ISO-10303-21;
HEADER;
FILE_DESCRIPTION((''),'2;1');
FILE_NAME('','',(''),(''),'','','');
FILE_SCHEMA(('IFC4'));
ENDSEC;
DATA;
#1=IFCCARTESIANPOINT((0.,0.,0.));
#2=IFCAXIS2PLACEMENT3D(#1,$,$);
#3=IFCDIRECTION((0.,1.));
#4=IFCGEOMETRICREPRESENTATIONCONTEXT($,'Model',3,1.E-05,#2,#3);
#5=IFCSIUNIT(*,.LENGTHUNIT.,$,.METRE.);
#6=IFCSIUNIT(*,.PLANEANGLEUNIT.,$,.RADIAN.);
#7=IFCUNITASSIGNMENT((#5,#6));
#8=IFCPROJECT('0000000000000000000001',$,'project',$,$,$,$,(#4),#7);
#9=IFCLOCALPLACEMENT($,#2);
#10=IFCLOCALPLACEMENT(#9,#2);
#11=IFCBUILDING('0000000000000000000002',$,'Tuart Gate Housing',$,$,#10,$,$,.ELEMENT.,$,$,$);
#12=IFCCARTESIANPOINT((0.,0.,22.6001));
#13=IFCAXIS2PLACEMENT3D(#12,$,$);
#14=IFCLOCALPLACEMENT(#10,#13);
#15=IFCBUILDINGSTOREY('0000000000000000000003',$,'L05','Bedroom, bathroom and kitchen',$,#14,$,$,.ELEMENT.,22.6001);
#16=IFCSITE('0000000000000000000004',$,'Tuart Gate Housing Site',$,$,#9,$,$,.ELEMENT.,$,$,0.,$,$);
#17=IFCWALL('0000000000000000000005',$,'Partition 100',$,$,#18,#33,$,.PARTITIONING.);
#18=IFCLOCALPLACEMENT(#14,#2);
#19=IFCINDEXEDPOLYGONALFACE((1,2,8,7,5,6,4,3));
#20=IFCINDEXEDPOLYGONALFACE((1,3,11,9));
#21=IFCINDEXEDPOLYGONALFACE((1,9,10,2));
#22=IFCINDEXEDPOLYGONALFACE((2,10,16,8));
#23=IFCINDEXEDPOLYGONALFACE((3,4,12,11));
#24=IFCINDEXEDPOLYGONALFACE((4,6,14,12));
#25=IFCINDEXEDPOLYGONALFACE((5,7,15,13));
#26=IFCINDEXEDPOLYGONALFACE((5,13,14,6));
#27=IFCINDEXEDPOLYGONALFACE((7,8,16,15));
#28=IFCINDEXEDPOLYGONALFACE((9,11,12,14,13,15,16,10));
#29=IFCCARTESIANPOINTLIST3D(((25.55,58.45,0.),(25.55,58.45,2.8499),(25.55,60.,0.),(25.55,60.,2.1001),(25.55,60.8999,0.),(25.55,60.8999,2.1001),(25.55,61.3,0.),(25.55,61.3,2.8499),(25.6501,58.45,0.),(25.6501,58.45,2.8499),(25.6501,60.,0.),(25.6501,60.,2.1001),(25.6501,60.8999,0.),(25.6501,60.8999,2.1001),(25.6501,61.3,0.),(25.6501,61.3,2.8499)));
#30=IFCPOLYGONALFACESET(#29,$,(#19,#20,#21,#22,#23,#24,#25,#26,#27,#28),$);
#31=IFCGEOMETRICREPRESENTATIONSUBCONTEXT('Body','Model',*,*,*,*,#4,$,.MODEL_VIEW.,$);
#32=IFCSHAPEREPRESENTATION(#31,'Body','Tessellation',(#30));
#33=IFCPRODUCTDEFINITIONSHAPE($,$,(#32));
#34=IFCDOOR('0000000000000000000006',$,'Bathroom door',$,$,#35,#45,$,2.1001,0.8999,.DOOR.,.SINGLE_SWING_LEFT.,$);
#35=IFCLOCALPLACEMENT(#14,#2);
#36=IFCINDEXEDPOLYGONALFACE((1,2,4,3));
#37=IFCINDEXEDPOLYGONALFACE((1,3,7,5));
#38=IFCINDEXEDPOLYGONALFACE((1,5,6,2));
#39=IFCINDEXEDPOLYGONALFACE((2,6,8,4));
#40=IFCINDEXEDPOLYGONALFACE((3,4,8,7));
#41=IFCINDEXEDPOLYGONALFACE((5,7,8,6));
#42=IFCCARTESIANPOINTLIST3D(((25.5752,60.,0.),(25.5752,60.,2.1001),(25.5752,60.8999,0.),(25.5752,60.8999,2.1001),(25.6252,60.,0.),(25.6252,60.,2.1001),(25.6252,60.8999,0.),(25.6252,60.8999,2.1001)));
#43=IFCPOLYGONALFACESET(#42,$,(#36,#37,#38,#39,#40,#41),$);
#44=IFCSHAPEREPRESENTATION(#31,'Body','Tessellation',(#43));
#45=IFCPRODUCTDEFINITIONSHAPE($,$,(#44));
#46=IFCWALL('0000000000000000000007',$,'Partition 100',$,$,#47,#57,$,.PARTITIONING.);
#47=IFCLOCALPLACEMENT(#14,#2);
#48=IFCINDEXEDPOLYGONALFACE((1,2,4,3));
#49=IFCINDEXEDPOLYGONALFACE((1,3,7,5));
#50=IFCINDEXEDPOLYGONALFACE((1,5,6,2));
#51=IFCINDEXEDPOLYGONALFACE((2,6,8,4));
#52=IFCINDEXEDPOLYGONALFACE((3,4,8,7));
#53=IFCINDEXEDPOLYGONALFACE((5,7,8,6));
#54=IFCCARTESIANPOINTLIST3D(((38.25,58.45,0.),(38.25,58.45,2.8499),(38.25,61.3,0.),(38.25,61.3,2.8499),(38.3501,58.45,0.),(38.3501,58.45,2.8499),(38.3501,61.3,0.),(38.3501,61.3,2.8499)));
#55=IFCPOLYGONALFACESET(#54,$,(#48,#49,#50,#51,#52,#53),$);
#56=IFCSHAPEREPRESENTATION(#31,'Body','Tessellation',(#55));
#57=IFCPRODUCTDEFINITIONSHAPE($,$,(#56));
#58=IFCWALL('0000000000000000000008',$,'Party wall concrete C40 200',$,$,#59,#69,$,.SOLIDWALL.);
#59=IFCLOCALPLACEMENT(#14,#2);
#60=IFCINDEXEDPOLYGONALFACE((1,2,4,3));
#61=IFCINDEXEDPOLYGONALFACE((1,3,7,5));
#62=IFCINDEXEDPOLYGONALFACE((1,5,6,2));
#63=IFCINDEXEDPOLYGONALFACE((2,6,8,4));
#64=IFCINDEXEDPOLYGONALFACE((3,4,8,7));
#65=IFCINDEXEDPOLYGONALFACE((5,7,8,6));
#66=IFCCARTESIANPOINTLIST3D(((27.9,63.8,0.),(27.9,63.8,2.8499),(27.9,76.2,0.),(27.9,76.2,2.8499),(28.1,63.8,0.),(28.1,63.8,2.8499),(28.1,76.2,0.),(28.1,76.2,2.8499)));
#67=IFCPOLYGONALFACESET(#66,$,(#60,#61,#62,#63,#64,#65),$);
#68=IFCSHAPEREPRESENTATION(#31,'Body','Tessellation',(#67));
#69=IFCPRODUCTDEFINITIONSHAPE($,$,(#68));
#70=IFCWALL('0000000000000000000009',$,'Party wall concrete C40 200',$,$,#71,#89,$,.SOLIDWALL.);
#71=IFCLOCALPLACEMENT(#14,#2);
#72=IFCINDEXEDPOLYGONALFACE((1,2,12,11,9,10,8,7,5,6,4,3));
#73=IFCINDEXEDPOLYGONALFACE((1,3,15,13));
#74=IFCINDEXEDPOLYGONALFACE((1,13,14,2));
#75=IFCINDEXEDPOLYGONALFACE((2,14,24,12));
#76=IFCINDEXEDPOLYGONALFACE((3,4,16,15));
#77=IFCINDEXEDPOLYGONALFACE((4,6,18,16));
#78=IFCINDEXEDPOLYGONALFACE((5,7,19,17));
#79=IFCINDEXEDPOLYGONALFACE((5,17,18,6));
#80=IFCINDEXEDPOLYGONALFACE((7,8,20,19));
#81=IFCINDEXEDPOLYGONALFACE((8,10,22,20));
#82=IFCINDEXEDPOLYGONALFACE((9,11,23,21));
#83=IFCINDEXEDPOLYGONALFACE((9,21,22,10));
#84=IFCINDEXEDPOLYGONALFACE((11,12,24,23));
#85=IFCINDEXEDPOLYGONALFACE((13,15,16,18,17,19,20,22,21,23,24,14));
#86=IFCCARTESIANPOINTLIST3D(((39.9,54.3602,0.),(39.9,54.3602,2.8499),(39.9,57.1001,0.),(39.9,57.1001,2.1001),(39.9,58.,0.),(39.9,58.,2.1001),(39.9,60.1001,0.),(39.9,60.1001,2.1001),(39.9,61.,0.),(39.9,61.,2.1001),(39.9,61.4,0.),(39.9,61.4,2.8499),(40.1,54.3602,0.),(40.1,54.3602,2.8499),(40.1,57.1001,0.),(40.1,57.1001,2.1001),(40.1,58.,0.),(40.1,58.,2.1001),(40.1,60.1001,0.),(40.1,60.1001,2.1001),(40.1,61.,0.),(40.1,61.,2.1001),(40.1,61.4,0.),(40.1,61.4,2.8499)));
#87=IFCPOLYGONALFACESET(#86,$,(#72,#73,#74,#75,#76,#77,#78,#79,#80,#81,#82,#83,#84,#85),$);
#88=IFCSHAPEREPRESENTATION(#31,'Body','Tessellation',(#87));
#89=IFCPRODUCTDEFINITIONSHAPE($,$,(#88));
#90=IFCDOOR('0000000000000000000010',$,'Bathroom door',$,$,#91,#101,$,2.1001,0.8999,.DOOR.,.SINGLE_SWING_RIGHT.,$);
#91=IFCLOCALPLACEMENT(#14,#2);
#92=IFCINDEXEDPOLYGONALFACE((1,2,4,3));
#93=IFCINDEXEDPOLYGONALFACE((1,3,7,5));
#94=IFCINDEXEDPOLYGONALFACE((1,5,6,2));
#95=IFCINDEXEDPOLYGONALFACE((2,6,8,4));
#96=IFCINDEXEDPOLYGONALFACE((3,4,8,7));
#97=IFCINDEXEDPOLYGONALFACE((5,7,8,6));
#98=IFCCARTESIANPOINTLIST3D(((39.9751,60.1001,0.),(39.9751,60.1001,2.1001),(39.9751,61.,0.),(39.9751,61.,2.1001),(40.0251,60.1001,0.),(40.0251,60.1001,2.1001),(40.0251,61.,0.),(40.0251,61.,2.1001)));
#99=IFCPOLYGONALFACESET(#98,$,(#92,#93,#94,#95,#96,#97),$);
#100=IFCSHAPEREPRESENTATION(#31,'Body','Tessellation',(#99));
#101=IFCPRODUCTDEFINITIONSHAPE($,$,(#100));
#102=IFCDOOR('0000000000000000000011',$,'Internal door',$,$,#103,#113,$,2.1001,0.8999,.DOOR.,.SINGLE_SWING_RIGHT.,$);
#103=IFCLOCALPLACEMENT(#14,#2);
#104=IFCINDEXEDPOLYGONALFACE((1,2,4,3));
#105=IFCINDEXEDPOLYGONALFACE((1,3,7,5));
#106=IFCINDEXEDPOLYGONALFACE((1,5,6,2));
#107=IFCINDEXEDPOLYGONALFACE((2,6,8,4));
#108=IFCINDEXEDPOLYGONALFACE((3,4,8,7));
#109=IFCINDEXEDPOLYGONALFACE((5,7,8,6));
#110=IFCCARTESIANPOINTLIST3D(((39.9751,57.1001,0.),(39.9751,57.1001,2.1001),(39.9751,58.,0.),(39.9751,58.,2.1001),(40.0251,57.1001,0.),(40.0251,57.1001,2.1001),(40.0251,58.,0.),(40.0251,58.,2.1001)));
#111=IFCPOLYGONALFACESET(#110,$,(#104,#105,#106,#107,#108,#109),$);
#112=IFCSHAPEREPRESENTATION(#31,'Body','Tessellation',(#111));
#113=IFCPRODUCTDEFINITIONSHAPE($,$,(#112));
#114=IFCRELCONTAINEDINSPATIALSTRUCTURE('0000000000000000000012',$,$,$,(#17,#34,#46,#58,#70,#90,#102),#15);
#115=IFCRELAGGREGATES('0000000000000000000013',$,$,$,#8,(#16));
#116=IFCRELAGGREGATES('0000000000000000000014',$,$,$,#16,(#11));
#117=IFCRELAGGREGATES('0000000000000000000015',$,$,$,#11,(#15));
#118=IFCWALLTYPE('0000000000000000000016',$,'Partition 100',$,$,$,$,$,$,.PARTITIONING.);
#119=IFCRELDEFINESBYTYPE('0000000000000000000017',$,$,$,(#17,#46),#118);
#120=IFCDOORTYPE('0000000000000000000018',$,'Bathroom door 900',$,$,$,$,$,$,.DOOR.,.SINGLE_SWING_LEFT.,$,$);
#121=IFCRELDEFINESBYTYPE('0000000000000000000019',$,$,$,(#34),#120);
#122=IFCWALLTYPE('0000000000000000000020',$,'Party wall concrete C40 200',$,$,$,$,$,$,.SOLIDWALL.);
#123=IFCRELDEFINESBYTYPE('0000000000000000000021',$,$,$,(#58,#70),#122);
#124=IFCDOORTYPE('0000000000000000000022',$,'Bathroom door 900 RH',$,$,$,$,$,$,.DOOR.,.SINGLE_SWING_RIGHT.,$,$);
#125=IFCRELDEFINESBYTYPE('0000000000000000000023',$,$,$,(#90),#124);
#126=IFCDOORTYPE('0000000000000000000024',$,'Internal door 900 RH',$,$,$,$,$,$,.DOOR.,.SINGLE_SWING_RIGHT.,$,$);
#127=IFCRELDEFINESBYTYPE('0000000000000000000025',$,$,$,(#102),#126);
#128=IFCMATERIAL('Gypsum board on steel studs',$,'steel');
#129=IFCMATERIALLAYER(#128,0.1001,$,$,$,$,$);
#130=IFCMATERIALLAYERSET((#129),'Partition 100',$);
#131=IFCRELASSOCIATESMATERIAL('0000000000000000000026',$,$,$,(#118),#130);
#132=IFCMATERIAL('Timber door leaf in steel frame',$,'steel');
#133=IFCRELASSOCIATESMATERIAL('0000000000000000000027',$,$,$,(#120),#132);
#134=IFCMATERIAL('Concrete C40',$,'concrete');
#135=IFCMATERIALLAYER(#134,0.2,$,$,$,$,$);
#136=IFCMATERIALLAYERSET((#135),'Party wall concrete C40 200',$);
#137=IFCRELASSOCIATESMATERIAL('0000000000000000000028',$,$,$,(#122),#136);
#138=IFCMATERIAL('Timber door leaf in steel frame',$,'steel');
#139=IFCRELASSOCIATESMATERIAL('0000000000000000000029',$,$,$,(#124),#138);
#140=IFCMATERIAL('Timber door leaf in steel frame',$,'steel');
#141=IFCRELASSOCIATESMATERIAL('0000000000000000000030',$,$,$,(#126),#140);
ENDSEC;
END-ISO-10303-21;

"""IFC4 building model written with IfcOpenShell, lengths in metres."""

from ifc_helpers import new_model, si_unit, direction, frame, frame_2d, origin, place, context, subcontext, project, spatial, rectangle, extrude, material, layer, layer_set, type_object, element, fill, save


model = new_model("IFC4")

# Units and contexts
model_context = context("Model", 3, precision=1e-05, world=origin(), true_north=direction((0.0, 1.0)))
body_context = subcontext(model_context, "Body", "Model", "MODEL_VIEW")
ifc_project = project(units=[si_unit("LENGTHUNIT", "METRE"), si_unit("PLANEANGLEUNIT", "RADIAN")], contexts=[model_context])

# Site, building, storey
site_placement = place(None, origin())
site = spatial("IfcSite", under=ifc_project, at=site_placement, Name="Tuart Gate Housing Site", CompositionType="ELEMENT", RefElevation=0.0)
building_placement = place(site_placement, origin())
building = spatial("IfcBuilding", under=site, at=building_placement, Name="Tuart Gate Housing", CompositionType="ELEMENT")
storey_placement = place(building_placement, frame((0.0, 0.0, 22.6001)))
storey = spatial("IfcBuildingStorey", under=building, at=storey_placement, Name="L05", Description="Bedroom, bathroom and kitchen", CompositionType="ELEMENT", Elevation=22.6001)

# Shared definitions
ifc_material_1 = material(Name="Gypsum board on steel studs", Category="steel")
ifc_layer_1 = layer(ifc_material_1, 0.1001)
ifc_layer_set_1 = layer_set([ifc_layer_1], Name="Partition 100")
wall_type_1 = type_object("IfcWallType", Name="Partition 100", PredefinedType="PARTITIONING", material=ifc_layer_set_1)

# Wall, opening, door
wall_1_placement = place(storey_placement, frame((25.6001, 58.45, 0.0), z_axis=(0.0, 0.0, 1.0), x_axis=(0.0, 1.0, 0.0)))
wall_1 = element("IfcWall", 1, at=wall_1_placement, inside=storey, type_object=wall_type_1, Name="Partition 100", PredefinedType="PARTITIONING", context=body_context, shape_type="SweptSolid", body=[
    extrude(rectangle(XDim=2.8501, YDim=0.1001, at=frame_2d((1.425, 0.0))), origin(), (0.0, 0.0, 1.0), 2.8499),
])
opening_1_placement = place(wall_1_placement, frame((1.55, 0.0, 0.0)))
opening_1 = element("IfcOpeningElement", 2, at=opening_1_placement, cuts=wall_1, PredefinedType="OPENING", context=body_context, shape_type="SweptSolid", body=[
    extrude(rectangle(XDim=0.8999, YDim=2.1001, at=frame_2d((0.45, 1.05))), frame((0.0, 0.0601, 0.0), z_axis=(0.0, -1.0, 0.0), x_axis=(1.0, 0.0, 0.0)), (0.0, 0.0, 1.0), 0.1201),
])
ifc_material_2 = material(Name="Timber door leaf in steel frame", Category="steel")
door_type_1 = type_object("IfcDoorType", Name="Bathroom door 900", OperationType="SINGLE_SWING_LEFT", PredefinedType="DOOR", material=ifc_material_2)
door_1_placement = place(opening_1_placement, frame((0.8999, 0.0, 0.0), z_axis=(0.0, 0.0, 1.0), x_axis=(-1.0, 0.0, 0.0)))
door_1 = element("IfcDoor", 3, at=door_1_placement, inside=storey, type_object=door_type_1, Name="Bathroom door", OperationType="SINGLE_SWING_LEFT", OverallHeight=2.1001, OverallWidth=0.8999, PredefinedType="DOOR", context=body_context, shape_type="SweptSolid", body=[
    extrude(rectangle(XDim=0.8999, YDim=2.1001, at=frame_2d((0.45, 1.05))), frame((0.0, 0.0251, 0.0), z_axis=(0.0, -1.0, 0.0), x_axis=(1.0, 0.0, 0.0)), (0.0, 0.0, 1.0), 0.05),
])
fill(opening_1, door_1)

# Walls
wall_2_placement = place(storey_placement, frame((38.3, 58.45, 0.0), z_axis=(0.0, 0.0, 1.0), x_axis=(0.0, 1.0, 0.0)))
element("IfcWall", 4, at=wall_2_placement, inside=storey, type_object=wall_type_1, Name="Partition 100", PredefinedType="PARTITIONING", context=body_context, shape_type="SweptSolid", body=[
    extrude(rectangle(XDim=2.8501, YDim=0.1001, at=frame_2d((1.425, 0.0))), origin(), (0.0, 0.0, 1.0), 2.8499),
])
ifc_material_3 = material(Name="Concrete C40", Category="concrete")
ifc_layer_2 = layer(ifc_material_3, 0.2)
ifc_layer_set_2 = layer_set([ifc_layer_2], Name="Party wall concrete C40 200")
wall_type_2 = type_object("IfcWallType", Name="Party wall concrete C40 200", PredefinedType="SOLIDWALL", material=ifc_layer_set_2)
wall_3_placement = place(storey_placement, frame((28.0, 63.8, 0.0), z_axis=(0.0, 0.0, 1.0), x_axis=(0.0, 1.0, 0.0)))
element("IfcWall", 5, at=wall_3_placement, inside=storey, type_object=wall_type_2, Name="Party wall concrete C40 200", PredefinedType="SOLIDWALL", context=body_context, shape_type="SweptSolid", body=[
    extrude(rectangle(XDim=12.3999, YDim=0.2, at=frame_2d((6.2, 0.0))), origin(), (0.0, 0.0, 1.0), 2.8499),
])

# Wall, openings, doors
wall_4_placement = place(storey_placement, frame((40.0, 54.3601, 0.0), z_axis=(0.0, 0.0, 1.0), x_axis=(0.0, 1.0, 0.0)))
wall_4 = element("IfcWall", 6, at=wall_4_placement, inside=storey, type_object=wall_type_2, Name="Party wall concrete C40 200", PredefinedType="SOLIDWALL", context=body_context, shape_type="SweptSolid", body=[
    extrude(rectangle(XDim=7.0398, YDim=0.2, at=frame_2d((3.52, 0.0))), origin(), (0.0, 0.0, 1.0), 2.8499),
])
opening_2_placement = place(wall_4_placement, frame((2.74, 0.0, 0.0)))
opening_2 = element("IfcOpeningElement", 7, at=opening_2_placement, cuts=wall_4, PredefinedType="OPENING", context=body_context, shape_type="SweptSolid", body=[
    extrude(rectangle(XDim=0.8999, YDim=2.1001, at=frame_2d((0.45, 1.05))), frame((0.0, 0.1099, 0.0), z_axis=(0.0, -1.0, 0.0), x_axis=(1.0, 0.0, 0.0)), (0.0, 0.0, 1.0), 0.22),
])
opening_3_placement = place(wall_4_placement, frame((5.74, 0.0, 0.0)))
opening_3 = element("IfcOpeningElement", 8, at=opening_3_placement, cuts=wall_4, PredefinedType="OPENING", context=body_context, shape_type="SweptSolid", body=[
    extrude(rectangle(XDim=0.8999, YDim=2.1001, at=frame_2d((0.45, 1.05))), frame((0.0, 0.1099, 0.0), z_axis=(0.0, -1.0, 0.0), x_axis=(1.0, 0.0, 0.0)), (0.0, 0.0, 1.0), 0.22),
])
ifc_material_4 = material(Name="Timber door leaf in steel frame", Category="steel")
door_type_2 = type_object("IfcDoorType", Name="Bathroom door 900 RH", OperationType="SINGLE_SWING_RIGHT", PredefinedType="DOOR", material=ifc_material_4)
door_2_placement = place(opening_3_placement, origin())
door_2 = element("IfcDoor", 9, at=door_2_placement, inside=storey, type_object=door_type_2, Name="Bathroom door", OperationType="SINGLE_SWING_RIGHT", OverallHeight=2.1001, OverallWidth=0.8999, PredefinedType="DOOR", context=body_context, shape_type="SweptSolid", body=[
    extrude(rectangle(XDim=0.8999, YDim=2.1001, at=frame_2d((0.45, 1.05))), frame((0.0, 0.0249, 0.0), z_axis=(0.0, -1.0, 0.0), x_axis=(1.0, 0.0, 0.0)), (0.0, 0.0, 1.0), 0.05),
])
fill(opening_3, door_2)
ifc_material_5 = material(Name="Timber door leaf in steel frame", Category="steel")
door_type_3 = type_object("IfcDoorType", Name="Internal door 900 RH", OperationType="SINGLE_SWING_RIGHT", PredefinedType="DOOR", material=ifc_material_5)
door_3_placement = place(opening_2_placement, origin())
door_3 = element("IfcDoor", 10, at=door_3_placement, inside=storey, type_object=door_type_3, Name="Internal door", OperationType="SINGLE_SWING_RIGHT", OverallHeight=2.1001, OverallWidth=0.8999, PredefinedType="DOOR", context=body_context, shape_type="SweptSolid", body=[
    extrude(rectangle(XDim=0.8999, YDim=2.1001, at=frame_2d((0.45, 1.05))), frame((0.0, 0.0249, 0.0), z_axis=(0.0, -1.0, 0.0), x_axis=(1.0, 0.0, 0.0)), (0.0, 0.0, 1.0), 0.05),
])
fill(opening_2, door_3)

save(model, "model.ifc")
